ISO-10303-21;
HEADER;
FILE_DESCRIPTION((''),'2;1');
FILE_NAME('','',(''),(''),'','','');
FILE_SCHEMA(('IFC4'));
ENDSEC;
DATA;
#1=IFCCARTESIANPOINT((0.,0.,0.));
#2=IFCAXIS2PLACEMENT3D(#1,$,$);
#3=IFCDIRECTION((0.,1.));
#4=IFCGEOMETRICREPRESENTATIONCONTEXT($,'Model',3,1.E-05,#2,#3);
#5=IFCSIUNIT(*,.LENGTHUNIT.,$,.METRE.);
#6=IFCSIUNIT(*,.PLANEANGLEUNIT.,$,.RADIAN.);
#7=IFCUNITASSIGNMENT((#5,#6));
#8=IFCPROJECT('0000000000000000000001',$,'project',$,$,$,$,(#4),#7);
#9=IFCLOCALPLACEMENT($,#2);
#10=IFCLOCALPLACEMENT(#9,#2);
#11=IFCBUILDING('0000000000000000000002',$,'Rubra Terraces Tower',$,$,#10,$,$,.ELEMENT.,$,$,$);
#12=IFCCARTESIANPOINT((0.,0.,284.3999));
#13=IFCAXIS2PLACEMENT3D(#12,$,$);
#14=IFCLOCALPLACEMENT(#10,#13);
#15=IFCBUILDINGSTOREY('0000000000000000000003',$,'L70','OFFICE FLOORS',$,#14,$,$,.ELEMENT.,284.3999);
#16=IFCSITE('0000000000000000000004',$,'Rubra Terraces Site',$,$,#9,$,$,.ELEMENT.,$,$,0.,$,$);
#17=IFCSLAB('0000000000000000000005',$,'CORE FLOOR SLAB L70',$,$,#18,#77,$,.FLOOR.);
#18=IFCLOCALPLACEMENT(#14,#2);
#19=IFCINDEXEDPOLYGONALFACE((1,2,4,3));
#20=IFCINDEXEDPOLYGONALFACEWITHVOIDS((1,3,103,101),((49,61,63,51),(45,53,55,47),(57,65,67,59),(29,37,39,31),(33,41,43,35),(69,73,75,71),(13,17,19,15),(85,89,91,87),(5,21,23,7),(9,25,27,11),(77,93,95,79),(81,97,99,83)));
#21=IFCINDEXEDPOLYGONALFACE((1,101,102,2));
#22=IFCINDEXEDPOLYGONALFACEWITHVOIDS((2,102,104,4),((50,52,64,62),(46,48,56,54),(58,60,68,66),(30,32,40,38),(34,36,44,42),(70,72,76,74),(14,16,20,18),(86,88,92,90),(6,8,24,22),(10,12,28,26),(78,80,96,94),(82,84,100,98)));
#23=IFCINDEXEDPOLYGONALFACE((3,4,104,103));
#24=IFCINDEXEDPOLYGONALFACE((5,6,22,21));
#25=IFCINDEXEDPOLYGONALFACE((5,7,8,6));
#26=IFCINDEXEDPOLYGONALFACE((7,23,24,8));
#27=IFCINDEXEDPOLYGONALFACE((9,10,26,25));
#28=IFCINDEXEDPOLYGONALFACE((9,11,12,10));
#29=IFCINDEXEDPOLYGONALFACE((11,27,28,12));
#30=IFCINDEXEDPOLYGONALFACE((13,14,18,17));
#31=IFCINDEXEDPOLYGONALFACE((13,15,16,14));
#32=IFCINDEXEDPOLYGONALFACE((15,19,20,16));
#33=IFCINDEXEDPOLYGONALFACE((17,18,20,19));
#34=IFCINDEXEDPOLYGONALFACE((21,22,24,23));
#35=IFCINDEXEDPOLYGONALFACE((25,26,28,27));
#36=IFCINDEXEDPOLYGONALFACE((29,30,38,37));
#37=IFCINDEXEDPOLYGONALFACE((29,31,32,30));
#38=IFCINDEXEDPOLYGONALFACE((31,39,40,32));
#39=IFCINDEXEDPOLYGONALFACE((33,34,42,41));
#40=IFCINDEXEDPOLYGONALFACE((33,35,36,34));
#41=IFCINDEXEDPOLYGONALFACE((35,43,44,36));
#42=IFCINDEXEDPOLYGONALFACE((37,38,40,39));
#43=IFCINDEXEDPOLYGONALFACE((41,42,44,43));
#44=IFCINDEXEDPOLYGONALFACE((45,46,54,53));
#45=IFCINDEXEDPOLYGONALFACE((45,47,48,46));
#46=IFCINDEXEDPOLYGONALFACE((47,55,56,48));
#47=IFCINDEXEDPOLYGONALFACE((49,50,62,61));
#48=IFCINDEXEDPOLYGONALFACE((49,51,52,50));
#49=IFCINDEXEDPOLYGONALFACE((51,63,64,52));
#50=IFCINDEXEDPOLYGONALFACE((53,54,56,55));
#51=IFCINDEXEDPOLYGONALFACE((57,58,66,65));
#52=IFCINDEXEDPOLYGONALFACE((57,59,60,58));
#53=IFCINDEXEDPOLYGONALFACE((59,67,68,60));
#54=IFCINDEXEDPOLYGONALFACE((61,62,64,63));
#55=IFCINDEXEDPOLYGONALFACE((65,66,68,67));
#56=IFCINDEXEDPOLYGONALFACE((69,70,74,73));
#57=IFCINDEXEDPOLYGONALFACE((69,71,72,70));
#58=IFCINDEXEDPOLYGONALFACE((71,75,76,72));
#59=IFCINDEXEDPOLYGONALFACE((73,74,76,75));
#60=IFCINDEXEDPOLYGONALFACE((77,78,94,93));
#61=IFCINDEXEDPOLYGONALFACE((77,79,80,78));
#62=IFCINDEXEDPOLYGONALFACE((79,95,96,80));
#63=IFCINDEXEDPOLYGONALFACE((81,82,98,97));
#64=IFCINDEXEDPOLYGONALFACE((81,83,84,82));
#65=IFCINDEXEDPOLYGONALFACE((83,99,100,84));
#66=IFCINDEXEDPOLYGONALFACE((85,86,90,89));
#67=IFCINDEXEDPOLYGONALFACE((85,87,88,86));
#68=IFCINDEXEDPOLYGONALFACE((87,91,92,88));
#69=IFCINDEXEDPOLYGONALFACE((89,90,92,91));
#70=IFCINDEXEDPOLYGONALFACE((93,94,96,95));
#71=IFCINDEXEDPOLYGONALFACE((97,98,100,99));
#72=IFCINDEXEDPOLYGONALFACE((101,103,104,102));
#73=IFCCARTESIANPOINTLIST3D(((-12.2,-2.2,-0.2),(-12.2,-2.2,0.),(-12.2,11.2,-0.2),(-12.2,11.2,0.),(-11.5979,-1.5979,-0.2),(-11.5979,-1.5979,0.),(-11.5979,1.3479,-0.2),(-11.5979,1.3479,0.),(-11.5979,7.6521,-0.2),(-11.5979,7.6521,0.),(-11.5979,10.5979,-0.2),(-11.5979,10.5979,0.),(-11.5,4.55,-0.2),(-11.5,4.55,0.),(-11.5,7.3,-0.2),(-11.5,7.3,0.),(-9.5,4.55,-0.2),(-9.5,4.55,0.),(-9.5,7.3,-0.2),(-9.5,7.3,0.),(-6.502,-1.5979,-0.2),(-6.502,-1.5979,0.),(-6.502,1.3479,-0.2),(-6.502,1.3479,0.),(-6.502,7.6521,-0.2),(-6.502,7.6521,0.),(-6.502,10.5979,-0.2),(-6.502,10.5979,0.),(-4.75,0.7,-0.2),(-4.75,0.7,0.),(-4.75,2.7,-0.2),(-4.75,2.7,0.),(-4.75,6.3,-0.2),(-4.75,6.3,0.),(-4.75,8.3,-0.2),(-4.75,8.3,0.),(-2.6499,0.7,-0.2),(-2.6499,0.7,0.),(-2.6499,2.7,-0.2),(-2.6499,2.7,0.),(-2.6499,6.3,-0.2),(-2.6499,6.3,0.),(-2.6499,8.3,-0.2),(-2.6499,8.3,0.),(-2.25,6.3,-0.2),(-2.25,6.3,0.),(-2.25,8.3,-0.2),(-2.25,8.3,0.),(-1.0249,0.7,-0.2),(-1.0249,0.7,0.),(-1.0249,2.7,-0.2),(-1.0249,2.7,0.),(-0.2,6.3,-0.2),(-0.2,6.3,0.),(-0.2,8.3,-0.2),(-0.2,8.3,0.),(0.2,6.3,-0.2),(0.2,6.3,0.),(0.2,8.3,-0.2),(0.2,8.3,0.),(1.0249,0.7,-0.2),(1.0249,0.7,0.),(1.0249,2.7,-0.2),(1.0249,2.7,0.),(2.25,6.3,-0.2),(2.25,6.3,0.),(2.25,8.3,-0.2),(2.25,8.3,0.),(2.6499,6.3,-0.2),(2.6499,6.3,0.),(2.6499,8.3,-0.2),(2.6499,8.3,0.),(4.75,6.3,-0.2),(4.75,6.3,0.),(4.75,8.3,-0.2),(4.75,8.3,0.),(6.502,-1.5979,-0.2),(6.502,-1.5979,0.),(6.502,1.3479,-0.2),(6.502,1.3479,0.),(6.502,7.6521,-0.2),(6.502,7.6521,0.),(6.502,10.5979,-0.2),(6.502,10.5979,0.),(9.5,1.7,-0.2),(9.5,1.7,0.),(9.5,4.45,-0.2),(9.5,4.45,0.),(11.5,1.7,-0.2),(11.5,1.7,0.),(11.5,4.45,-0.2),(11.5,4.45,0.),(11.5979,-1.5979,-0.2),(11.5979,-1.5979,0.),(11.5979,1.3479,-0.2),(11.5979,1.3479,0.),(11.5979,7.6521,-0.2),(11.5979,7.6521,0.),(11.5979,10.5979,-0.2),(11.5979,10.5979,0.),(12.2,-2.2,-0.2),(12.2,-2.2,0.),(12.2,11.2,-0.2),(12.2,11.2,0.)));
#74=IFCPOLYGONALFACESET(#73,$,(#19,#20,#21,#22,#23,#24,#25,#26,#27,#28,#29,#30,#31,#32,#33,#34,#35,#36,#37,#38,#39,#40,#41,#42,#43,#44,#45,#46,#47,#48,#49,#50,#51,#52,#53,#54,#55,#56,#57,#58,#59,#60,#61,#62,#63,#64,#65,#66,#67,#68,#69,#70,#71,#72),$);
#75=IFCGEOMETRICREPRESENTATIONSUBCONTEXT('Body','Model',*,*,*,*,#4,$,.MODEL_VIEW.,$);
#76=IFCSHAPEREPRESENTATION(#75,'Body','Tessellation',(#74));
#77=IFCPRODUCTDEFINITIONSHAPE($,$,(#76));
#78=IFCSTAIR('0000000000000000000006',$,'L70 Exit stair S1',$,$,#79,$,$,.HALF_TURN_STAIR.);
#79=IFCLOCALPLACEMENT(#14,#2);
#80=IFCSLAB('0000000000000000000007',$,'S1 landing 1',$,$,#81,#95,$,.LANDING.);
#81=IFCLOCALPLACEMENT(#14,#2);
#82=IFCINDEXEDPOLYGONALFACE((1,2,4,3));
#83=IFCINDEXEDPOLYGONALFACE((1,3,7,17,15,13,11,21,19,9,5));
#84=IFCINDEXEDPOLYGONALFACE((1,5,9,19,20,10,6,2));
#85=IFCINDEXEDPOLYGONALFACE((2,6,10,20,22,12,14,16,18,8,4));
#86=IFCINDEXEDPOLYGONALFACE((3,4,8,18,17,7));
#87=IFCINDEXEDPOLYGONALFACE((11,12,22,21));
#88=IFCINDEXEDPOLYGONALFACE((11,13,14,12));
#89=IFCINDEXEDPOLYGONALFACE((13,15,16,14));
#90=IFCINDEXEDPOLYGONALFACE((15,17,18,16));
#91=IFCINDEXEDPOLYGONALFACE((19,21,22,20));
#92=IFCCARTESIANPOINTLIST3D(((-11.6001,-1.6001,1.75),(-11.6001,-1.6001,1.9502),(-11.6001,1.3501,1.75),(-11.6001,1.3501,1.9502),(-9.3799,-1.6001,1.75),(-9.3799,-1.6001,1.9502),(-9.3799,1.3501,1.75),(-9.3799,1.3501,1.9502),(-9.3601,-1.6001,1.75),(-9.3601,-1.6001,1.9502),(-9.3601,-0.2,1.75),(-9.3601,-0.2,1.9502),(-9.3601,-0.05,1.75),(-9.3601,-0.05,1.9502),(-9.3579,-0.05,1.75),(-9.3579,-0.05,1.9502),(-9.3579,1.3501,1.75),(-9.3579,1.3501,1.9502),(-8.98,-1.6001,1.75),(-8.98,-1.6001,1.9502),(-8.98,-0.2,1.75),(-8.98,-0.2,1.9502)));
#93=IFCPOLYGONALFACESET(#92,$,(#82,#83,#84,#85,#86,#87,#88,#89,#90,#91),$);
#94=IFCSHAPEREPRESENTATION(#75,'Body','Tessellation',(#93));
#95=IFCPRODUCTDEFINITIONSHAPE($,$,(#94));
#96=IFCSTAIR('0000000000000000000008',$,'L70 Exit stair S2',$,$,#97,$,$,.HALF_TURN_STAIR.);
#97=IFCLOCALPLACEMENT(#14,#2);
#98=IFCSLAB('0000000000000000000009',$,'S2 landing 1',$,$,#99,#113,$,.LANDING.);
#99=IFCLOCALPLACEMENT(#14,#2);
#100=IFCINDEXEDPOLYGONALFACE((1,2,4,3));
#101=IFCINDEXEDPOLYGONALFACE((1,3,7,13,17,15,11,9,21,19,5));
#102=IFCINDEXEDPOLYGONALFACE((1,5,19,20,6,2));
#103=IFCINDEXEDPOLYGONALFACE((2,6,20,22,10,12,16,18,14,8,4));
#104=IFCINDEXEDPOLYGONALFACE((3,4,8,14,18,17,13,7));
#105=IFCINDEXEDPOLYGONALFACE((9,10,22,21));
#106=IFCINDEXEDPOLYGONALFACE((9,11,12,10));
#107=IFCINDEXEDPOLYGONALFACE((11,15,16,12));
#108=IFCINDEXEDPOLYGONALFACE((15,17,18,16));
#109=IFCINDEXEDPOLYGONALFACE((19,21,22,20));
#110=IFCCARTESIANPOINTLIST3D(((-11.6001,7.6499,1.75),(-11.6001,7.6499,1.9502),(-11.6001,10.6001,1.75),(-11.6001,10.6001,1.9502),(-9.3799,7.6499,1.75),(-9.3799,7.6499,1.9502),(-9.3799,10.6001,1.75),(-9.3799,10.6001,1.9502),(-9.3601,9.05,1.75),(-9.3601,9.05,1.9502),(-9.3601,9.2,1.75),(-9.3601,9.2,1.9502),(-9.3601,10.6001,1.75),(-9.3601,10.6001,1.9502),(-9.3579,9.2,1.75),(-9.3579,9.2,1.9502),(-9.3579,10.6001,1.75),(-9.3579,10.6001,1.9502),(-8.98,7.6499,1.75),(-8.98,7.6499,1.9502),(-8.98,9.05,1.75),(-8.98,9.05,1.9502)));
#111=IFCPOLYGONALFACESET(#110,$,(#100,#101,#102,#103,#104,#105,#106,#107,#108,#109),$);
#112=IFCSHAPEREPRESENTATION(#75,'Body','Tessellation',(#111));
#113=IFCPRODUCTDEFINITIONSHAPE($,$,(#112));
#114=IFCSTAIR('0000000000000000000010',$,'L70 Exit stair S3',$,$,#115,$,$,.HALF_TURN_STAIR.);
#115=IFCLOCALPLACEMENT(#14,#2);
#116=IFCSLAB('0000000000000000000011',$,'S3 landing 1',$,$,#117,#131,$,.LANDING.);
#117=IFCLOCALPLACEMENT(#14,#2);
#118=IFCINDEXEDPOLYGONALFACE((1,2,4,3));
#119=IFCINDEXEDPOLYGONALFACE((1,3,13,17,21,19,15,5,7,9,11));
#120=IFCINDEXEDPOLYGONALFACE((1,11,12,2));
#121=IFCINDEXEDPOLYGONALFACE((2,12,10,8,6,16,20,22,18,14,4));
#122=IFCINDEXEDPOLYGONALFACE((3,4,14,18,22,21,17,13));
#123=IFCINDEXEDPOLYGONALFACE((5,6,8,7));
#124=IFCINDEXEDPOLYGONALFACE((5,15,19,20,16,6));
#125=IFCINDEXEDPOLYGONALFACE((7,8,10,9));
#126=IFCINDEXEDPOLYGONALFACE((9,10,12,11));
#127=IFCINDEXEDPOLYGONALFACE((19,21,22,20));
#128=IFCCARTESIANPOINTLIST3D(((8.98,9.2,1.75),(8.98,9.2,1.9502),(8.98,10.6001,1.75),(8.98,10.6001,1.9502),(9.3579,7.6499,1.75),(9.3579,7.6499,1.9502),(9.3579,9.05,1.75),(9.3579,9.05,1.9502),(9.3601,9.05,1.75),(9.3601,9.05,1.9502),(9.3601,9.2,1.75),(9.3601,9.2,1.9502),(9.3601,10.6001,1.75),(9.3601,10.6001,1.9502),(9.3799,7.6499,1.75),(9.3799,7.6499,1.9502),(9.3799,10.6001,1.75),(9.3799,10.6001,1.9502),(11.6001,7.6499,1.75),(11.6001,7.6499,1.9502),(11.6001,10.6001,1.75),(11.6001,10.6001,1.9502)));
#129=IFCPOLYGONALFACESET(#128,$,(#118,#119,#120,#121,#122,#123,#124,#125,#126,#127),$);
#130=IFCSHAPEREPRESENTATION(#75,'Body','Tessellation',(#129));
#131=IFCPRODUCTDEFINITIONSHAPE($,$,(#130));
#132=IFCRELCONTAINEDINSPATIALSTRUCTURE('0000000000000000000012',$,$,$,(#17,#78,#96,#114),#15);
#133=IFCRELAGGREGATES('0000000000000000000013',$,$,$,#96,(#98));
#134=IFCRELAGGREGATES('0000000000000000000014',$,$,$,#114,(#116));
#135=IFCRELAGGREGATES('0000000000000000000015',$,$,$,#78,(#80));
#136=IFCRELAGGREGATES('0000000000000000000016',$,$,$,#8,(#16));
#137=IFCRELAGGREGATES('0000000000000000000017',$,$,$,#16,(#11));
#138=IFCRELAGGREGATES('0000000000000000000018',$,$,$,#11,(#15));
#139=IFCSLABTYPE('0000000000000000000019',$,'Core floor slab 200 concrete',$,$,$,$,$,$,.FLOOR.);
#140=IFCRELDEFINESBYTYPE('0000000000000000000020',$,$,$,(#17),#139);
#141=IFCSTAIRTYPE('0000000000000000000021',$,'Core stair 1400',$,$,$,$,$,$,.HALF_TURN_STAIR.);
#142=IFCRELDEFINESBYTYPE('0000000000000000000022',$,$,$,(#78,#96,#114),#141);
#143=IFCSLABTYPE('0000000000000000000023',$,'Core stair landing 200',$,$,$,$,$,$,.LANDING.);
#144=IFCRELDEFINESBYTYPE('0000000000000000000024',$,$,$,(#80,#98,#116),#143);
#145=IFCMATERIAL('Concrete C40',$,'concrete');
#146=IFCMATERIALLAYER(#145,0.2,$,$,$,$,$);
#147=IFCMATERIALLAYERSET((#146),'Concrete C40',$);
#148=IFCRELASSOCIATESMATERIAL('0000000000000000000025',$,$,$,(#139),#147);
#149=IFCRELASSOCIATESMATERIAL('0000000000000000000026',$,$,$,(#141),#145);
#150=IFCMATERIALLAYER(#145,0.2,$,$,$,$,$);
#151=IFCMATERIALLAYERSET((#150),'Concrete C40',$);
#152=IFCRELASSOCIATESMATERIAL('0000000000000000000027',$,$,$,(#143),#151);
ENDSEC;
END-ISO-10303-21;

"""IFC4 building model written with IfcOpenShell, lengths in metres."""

from ifc_helpers import new_model, si_unit, direction, frame, origin, place, context, subcontext, project, spatial, polyline, outline, extrude, material, layer, layer_set, type_object, element, aggregate, save


model = new_model("IFC4")

# Units and contexts
model_context = context("Model", 3, precision=1e-05, world=origin(), true_north=direction((0.0, 1.0)))
body_context = subcontext(model_context, "Body", "Model", "MODEL_VIEW")
ifc_project = project(units=[si_unit("LENGTHUNIT", "METRE"), si_unit("PLANEANGLEUNIT", "RADIAN")], contexts=[model_context])

# Site, building, storey
site_placement = place(None, origin())
site = spatial("IfcSite", under=ifc_project, at=site_placement, Name="Rubra Terraces Site", CompositionType="ELEMENT", RefElevation=0.0)
building_placement = place(site_placement, origin())
building = spatial("IfcBuilding", under=site, at=building_placement, Name="Rubra Terraces Tower", CompositionType="ELEMENT")
storey_placement = place(building_placement, frame((0.0, 0.0, 284.3999)))
storey = spatial("IfcBuildingStorey", under=building, at=storey_placement, Name="L70", Description="OFFICE FLOORS", CompositionType="ELEMENT", Elevation=284.3999)

# Slab
ifc_material_1 = material(Name="Concrete C40", Category="concrete")
ifc_layer_1 = layer(ifc_material_1, 0.2)
ifc_layer_set_1 = layer_set([ifc_layer_1], Name="Concrete C40")
slab_type_1 = type_object("IfcSlabType", Name="Core floor slab 200 concrete", PredefinedType="FLOOR", material=ifc_layer_set_1)
slab_1_placement = place(storey_placement, frame((0.0, 0.0, -0.2)))
element("IfcSlab", 1, at=slab_1_placement, inside=storey, type_object=slab_type_1, Name="CORE FLOOR SLAB L70", PredefinedType="FLOOR", context=body_context, shape_type="SweptSolid", body=[
    extrude(outline(polyline([(-12.2, -2.2), (-12.2, 11.2), (12.2, 11.2), (12.2, -2.2), (-12.2, -2.2)]), holes=[polyline([(11.5979, 1.3479), (6.502, 1.3479), (6.502, -1.5979), (11.5979, -1.5979), (11.5979, 1.3479)]), polyline([(11.5979, 7.6521), (11.5979, 10.5979), (6.502, 10.5979), (6.502, 7.6521), (11.5979, 7.6521)]), polyline([(9.5, 1.7), (11.5, 1.7), (11.5, 4.45), (9.5, 4.45), (9.5, 1.7)]), polyline([(4.75, 6.3), (4.75, 8.3), (2.6499, 8.3), (2.6499, 6.3), (4.75, 6.3)]), polyline([(2.25, 8.3), (0.2, 8.3), (0.2, 6.3), (2.25, 6.3), (2.25, 8.3)]), polyline([(1.0249, 0.7), (1.0249, 2.7), (-1.0249, 2.7), (-1.0249, 0.7), (1.0249, 0.7)]), polyline([(-0.2, 6.3), (-0.2, 8.3), (-2.25, 8.3), (-2.25, 6.3), (-0.2, 6.3)]), polyline([(-4.75, 8.3), (-4.75, 6.3), (-2.6499, 6.3), (-2.6499, 8.3), (-4.75, 8.3)]), polyline([(-2.6499, 0.7), (-2.6499, 2.7), (-4.75, 2.7), (-4.75, 0.7), (-2.6499, 0.7)]), polyline([(-11.5979, -1.5979), (-6.502, -1.5979), (-6.502, 1.3479), (-11.5979, 1.3479), (-11.5979, -1.5979)]), polyline([(-11.5979, 10.5979), (-11.5979, 7.6521), (-6.502, 7.6521), (-6.502, 10.5979), (-11.5979, 10.5979)]), polyline([(-9.5, 4.55), (-9.5, 7.3), (-11.5, 7.3), (-11.5, 4.55), (-9.5, 4.55)])]), origin(), (0.0, 0.0, 1.0), 0.2),
])

# Stairs, slabs
stair_type = type_object("IfcStairType", Name="Core stair 1400", PredefinedType="HALF_TURN_STAIR", material=ifc_material_1)
stair_1_placement = place(storey_placement, origin())
stair_1 = element("IfcStair", 2, at=stair_1_placement, inside=storey, type_object=stair_type, Name="L70 Exit stair S1", PredefinedType="HALF_TURN_STAIR")
ifc_layer_2 = layer(ifc_material_1, 0.2)
ifc_layer_set_2 = layer_set([ifc_layer_2], Name="Concrete C40")
slab_type_2 = type_object("IfcSlabType", Name="Core stair landing 200", PredefinedType="LANDING", material=ifc_layer_set_2)
slab_2_placement = place(storey_placement, frame((0.0, 0.0, 1.75)))
slab_2 = element("IfcSlab", 3, at=slab_2_placement, type_object=slab_type_2, Name="S1 landing 1", PredefinedType="LANDING", context=body_context, shape_type="SweptSolid", body=[
    extrude(outline(polyline([(-8.98, -0.2), (-8.98, -1.6001), (-9.3601, -1.6001), (-9.3799, -1.6001), (-11.6001, -1.6001), (-11.6001, 1.3501), (-9.3799, 1.3501), (-9.3579, 1.3501), (-9.3579, -0.05), (-9.3601, -0.05), (-9.3601, -0.2), (-8.98, -0.2)])), origin(), (0.0, 0.0, 1.0), 0.2002),
])
stair_2_placement = place(storey_placement, origin())
stair_2 = element("IfcStair", 4, at=stair_2_placement, inside=storey, type_object=stair_type, Name="L70 Exit stair S2", PredefinedType="HALF_TURN_STAIR")
slab_3_placement = place(storey_placement, frame((0.0, 0.0, 1.75)))
slab_3 = element("IfcSlab", 5, at=slab_3_placement, type_object=slab_type_2, Name="S2 landing 1", PredefinedType="LANDING", context=body_context, shape_type="SweptSolid", body=[
    extrude(outline(polyline([(-8.98, 9.05), (-8.98, 7.6499), (-9.3799, 7.6499), (-11.6001, 7.6499), (-11.6001, 10.6001), (-9.3799, 10.6001), (-9.3601, 10.6001), (-9.3579, 10.6001), (-9.3579, 9.2), (-9.3601, 9.2), (-9.3601, 9.05), (-8.98, 9.05)])), origin(), (0.0, 0.0, 1.0), 0.2002),
])
aggregate(stair_2, [slab_3])
stair_3_placement = place(storey_placement, origin())
stair_3 = element("IfcStair", 6, at=stair_3_placement, inside=storey, type_object=stair_type, Name="L70 Exit stair S3", PredefinedType="HALF_TURN_STAIR")
slab_4_placement = place(storey_placement, frame((0.0, 0.0, 1.75)))
slab_4 = element("IfcSlab", 7, at=slab_4_placement, type_object=slab_type_2, Name="S3 landing 1", PredefinedType="LANDING", context=body_context, shape_type="SweptSolid", body=[
    extrude(outline(polyline([(9.3601, 9.05), (9.3601, 9.2), (8.98, 9.2), (8.98, 10.6001), (9.3601, 10.6001), (9.3799, 10.6001), (11.6001, 10.6001), (11.6001, 7.6499), (9.3799, 7.6499), (9.3579, 7.6499), (9.3579, 9.05), (9.3601, 9.05)])), origin(), (0.0, 0.0, 1.0), 0.2002),
])
aggregate(stair_3, [slab_4])

aggregate(stair_1, [slab_2])

save(model, "model.ifc")
